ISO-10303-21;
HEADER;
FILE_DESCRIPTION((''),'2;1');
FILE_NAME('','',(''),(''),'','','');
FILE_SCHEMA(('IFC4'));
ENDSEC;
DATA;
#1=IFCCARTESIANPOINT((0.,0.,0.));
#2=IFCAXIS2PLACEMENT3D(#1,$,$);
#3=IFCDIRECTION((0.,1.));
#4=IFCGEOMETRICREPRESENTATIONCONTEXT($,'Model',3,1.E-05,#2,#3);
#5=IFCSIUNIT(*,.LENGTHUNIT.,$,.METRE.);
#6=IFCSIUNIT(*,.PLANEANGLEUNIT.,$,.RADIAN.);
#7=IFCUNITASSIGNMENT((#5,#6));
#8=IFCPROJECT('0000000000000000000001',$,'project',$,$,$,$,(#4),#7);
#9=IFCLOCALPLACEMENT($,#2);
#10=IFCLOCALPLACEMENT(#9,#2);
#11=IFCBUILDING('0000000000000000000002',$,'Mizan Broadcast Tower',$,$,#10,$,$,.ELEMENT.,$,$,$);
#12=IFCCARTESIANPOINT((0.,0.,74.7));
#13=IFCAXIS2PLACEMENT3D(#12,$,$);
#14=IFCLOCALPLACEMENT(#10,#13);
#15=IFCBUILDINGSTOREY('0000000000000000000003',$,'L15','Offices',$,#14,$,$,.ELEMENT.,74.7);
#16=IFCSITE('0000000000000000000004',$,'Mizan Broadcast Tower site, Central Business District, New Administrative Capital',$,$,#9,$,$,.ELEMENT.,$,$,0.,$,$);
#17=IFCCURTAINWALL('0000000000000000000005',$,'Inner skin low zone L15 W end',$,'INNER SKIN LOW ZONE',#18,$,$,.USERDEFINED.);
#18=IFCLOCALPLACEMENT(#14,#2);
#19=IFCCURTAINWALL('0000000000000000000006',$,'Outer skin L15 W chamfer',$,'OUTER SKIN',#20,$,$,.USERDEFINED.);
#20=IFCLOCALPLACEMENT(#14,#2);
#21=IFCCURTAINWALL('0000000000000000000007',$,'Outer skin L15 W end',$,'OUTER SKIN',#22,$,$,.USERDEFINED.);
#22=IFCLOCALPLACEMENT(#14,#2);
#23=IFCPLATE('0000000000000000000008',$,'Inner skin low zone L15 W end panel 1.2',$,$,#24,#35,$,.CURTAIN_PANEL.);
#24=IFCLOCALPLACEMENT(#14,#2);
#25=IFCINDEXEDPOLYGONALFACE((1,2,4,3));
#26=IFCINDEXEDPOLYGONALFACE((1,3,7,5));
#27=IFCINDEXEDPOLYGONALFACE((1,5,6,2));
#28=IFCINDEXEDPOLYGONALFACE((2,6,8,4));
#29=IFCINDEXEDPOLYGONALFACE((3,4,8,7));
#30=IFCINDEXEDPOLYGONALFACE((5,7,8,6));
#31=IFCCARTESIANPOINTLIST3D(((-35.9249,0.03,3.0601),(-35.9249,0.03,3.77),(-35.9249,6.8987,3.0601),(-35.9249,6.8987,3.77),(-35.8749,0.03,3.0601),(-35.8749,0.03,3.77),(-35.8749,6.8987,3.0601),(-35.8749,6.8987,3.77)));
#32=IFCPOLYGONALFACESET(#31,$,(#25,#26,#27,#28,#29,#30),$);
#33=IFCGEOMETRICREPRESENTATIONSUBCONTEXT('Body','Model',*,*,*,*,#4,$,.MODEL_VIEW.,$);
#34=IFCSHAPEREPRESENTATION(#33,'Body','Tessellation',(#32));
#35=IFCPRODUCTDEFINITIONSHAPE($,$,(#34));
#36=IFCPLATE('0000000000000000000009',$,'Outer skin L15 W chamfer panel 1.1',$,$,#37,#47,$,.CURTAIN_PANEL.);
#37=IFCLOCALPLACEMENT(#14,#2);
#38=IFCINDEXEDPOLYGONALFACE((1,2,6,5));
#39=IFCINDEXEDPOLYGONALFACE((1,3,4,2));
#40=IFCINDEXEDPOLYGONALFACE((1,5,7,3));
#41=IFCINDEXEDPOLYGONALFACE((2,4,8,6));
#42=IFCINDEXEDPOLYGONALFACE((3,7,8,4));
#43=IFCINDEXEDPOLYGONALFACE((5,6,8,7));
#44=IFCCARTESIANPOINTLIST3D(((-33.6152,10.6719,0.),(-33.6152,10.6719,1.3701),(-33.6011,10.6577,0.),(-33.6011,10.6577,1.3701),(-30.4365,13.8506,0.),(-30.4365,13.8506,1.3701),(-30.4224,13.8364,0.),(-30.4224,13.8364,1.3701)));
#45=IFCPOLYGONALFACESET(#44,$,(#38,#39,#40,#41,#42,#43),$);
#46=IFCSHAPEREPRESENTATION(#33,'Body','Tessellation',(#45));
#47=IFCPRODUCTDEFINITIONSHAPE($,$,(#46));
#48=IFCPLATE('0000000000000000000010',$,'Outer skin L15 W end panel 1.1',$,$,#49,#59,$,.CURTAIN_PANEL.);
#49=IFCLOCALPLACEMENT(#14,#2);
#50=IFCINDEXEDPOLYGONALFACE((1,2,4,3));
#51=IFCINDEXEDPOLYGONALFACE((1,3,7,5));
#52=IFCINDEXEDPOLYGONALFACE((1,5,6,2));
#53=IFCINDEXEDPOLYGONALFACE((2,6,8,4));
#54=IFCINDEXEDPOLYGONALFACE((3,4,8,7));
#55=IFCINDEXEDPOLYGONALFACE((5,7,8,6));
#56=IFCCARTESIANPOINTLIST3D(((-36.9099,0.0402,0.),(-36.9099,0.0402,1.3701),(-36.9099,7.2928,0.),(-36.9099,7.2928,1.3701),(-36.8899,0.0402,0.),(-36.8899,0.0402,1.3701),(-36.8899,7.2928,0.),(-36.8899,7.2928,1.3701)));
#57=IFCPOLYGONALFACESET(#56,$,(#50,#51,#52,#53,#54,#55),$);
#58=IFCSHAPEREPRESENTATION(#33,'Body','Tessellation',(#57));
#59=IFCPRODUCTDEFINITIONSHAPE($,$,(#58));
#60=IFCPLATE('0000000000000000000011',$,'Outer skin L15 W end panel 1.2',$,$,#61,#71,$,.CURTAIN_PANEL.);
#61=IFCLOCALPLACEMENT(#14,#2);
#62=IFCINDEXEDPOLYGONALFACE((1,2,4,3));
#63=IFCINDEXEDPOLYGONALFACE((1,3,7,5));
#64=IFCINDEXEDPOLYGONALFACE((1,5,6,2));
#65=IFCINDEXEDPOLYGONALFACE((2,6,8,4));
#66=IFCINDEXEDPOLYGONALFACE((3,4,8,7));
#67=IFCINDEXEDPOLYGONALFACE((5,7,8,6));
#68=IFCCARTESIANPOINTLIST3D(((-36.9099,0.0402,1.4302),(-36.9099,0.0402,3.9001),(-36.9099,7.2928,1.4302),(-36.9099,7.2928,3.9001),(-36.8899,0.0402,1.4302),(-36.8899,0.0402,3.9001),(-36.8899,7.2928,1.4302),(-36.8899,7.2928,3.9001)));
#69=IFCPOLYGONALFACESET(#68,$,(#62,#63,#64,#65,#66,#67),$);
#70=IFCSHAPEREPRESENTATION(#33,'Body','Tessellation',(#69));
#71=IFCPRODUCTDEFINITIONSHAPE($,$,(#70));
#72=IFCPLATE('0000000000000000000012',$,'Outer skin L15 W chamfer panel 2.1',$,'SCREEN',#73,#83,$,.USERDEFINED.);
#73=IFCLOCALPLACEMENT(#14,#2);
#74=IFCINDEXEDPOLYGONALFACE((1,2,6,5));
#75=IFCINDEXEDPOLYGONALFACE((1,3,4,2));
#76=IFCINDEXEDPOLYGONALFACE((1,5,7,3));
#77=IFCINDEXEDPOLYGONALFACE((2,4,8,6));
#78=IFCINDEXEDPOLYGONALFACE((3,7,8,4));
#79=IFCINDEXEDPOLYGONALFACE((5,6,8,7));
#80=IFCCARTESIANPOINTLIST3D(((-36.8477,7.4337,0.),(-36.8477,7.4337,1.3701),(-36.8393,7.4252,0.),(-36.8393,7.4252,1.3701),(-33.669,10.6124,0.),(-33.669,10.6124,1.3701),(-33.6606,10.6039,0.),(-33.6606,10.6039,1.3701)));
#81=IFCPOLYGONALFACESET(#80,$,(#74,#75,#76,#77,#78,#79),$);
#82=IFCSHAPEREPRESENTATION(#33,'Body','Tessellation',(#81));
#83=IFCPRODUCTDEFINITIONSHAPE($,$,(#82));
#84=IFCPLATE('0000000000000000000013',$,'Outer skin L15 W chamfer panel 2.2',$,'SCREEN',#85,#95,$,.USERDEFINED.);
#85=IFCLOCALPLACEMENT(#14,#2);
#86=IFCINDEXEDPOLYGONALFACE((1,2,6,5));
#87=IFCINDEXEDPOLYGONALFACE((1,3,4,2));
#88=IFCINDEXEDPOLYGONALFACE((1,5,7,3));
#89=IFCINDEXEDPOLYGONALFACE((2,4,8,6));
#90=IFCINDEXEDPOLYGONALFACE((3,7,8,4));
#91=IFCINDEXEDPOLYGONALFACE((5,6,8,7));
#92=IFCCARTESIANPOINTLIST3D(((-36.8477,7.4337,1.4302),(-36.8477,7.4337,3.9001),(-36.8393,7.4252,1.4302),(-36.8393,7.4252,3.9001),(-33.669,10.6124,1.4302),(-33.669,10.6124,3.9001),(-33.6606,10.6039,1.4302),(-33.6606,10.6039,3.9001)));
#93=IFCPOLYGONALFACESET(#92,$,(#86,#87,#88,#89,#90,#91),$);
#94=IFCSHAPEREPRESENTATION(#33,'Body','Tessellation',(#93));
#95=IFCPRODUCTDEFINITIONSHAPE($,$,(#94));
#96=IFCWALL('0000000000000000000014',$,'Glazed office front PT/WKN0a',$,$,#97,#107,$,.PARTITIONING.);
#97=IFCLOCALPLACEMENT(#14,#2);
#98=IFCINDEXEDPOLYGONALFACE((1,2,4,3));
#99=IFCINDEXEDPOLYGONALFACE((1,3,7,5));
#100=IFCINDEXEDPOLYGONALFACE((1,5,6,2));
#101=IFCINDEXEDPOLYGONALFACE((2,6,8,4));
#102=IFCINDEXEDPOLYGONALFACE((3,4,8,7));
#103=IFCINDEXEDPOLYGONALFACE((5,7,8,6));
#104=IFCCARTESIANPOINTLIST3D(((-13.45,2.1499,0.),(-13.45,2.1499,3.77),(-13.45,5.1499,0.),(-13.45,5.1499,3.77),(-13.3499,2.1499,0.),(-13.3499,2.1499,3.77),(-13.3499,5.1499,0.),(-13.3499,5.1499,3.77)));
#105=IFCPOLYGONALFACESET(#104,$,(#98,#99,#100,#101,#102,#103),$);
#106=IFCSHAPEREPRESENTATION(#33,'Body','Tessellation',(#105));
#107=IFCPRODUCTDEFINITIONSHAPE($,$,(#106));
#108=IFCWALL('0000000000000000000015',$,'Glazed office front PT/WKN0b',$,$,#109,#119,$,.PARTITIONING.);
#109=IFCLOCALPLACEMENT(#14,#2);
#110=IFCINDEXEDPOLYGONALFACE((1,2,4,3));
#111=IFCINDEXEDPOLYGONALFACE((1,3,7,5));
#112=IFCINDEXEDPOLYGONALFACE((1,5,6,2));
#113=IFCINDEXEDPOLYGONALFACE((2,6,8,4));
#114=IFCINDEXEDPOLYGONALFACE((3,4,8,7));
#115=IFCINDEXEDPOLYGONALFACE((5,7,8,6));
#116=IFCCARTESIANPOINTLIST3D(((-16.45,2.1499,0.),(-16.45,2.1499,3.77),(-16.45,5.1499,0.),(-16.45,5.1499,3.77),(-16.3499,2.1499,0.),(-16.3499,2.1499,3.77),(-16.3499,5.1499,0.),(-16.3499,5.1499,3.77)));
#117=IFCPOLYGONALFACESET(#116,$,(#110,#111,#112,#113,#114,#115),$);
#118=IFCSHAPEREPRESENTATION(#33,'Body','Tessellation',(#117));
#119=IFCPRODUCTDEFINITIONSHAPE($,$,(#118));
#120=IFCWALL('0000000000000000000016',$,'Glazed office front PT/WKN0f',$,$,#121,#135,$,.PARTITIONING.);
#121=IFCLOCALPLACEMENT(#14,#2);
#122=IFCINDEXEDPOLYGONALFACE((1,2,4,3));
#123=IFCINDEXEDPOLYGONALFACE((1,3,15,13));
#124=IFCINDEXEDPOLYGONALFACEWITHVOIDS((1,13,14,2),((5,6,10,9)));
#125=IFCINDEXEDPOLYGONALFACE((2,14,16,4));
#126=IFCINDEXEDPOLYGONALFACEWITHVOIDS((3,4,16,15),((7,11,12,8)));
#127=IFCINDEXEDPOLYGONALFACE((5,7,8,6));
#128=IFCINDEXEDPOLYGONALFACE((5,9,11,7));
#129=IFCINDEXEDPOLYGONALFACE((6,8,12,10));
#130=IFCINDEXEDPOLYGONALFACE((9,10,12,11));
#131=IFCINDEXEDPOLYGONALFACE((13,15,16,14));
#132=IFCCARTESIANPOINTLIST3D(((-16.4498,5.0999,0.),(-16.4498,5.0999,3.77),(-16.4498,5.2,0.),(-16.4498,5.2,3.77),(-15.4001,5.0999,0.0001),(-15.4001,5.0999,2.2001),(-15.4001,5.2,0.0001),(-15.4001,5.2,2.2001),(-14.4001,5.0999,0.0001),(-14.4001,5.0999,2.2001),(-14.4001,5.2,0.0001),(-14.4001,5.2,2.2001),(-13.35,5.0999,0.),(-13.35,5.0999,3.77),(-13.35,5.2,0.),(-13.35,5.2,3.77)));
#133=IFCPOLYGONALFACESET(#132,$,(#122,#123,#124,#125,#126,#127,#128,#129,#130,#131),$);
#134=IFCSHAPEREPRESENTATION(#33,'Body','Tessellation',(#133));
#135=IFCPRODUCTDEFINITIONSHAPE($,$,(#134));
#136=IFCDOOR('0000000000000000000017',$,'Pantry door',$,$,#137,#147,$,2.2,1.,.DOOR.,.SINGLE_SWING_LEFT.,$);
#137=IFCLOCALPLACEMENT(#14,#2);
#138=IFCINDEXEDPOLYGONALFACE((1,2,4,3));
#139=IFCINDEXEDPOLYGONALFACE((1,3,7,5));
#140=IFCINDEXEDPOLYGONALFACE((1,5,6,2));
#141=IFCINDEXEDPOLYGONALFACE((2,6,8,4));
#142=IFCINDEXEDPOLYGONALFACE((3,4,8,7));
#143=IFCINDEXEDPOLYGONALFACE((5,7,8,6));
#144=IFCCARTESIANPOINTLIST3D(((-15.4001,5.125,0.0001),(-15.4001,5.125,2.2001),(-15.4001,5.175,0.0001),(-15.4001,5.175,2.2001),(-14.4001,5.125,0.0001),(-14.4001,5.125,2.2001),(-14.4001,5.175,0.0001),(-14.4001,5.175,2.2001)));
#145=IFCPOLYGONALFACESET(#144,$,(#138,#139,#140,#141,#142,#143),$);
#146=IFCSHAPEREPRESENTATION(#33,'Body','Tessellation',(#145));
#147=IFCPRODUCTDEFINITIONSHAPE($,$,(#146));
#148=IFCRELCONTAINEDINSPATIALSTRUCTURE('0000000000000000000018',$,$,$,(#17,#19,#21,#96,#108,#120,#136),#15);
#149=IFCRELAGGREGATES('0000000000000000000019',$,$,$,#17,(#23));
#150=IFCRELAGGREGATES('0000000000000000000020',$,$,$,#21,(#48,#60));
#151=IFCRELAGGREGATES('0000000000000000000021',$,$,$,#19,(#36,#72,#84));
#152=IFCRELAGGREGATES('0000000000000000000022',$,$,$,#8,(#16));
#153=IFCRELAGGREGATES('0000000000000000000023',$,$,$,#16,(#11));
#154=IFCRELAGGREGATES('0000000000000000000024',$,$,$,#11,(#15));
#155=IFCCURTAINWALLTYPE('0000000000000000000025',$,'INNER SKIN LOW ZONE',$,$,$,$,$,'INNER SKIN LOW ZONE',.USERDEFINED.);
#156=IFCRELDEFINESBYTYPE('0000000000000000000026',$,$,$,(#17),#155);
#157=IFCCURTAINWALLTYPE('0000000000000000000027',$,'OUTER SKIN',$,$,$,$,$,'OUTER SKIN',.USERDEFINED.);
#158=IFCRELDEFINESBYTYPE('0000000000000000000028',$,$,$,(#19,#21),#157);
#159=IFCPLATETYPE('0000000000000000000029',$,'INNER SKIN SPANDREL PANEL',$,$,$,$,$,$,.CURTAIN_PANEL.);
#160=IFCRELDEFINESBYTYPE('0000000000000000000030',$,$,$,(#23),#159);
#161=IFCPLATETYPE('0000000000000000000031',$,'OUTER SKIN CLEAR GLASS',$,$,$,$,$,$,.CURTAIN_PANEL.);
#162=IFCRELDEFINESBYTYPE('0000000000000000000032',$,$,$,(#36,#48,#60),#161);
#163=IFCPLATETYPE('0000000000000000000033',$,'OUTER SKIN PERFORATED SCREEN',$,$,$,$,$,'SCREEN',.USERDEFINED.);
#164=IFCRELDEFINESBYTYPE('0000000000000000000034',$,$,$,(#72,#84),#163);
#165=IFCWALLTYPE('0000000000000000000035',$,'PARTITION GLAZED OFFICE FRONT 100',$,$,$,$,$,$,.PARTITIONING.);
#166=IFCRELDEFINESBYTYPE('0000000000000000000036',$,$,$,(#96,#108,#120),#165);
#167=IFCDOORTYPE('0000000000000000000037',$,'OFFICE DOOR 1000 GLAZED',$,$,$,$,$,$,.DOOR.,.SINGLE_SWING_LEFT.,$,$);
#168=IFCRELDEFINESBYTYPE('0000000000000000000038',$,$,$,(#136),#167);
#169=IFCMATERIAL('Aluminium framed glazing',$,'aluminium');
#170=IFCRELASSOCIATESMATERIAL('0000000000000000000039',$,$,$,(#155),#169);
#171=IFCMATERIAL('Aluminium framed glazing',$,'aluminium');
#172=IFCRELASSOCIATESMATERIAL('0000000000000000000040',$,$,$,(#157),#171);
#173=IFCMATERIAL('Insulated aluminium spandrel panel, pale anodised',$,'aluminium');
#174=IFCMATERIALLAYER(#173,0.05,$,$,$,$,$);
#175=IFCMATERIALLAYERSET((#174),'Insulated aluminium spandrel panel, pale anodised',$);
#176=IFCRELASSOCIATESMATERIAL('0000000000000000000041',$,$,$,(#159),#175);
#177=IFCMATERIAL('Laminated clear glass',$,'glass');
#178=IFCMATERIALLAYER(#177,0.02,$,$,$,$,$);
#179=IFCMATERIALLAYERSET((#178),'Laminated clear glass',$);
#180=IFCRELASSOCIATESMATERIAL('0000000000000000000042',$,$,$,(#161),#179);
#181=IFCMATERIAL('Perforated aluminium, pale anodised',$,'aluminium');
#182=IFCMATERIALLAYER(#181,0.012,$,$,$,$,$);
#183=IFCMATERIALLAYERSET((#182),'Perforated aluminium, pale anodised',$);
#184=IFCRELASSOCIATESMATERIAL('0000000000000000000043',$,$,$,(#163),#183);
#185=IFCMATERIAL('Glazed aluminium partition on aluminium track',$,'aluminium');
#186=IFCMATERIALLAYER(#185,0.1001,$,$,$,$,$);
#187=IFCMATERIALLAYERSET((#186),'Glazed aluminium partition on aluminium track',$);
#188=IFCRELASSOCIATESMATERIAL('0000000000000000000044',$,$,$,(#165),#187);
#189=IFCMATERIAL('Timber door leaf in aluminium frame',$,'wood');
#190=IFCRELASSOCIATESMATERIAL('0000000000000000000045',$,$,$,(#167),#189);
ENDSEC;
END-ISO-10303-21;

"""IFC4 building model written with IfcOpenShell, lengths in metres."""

from ifc_helpers import new_model, si_unit, direction, frame, frame_2d, origin, origin_2d, place, context, subcontext, project, spatial, rectangle, extrude, material, layer, layer_set, type_object, element, fill, aggregate, save


model = new_model("IFC4")

# Units and contexts
model_context = context("Model", 3, precision=1e-05, world=origin(), true_north=direction((0.0, 1.0)))
body_context = subcontext(model_context, "Body", "Model", "MODEL_VIEW")
ifc_project = project(units=[si_unit("LENGTHUNIT", "METRE"), si_unit("PLANEANGLEUNIT", "RADIAN")], contexts=[model_context])

# Site, building, storey
site_placement = place(None, origin())
site = spatial("IfcSite", under=ifc_project, at=site_placement, Name="Mizan Broadcast Tower site, Central Business District, New Administrative Capital", CompositionType="ELEMENT", RefElevation=0.0)
building_placement = place(site_placement, origin())
building = spatial("IfcBuilding", under=site, at=building_placement, Name="Mizan Broadcast Tower", CompositionType="ELEMENT")
storey_placement = place(building_placement, frame((0.0, 0.0, 74.7)))
storey = spatial("IfcBuildingStorey", under=building, at=storey_placement, Name="L15", Description="Offices", CompositionType="ELEMENT", Elevation=74.7)

# Curtain wall
ifc_material_1 = material(Name="Aluminium framed glazing", Category="aluminium")
curtain_wall_type_1 = type_object("IfcCurtainWallType", Name="INNER SKIN LOW ZONE", ElementType="INNER SKIN LOW ZONE", PredefinedType="USERDEFINED", material=ifc_material_1)
curtain_wall_1_placement = place(storey_placement, origin())
curtain_wall_1 = element("IfcCurtainWall", 1, at=curtain_wall_1_placement, inside=storey, type_object=curtain_wall_type_1, Name="Inner skin low zone L15 W end", ObjectType="INNER SKIN LOW ZONE", PredefinedType="USERDEFINED")

# Curtain wall
ifc_material_2 = material(Name="Aluminium framed glazing", Category="aluminium")
curtain_wall_type_2 = type_object("IfcCurtainWallType", Name="OUTER SKIN", ElementType="OUTER SKIN", PredefinedType="USERDEFINED", material=ifc_material_2)
curtain_wall_2_placement = place(storey_placement, origin())
curtain_wall_2 = element("IfcCurtainWall", 2, at=curtain_wall_2_placement, inside=storey, type_object=curtain_wall_type_2, Name="Outer skin L15 W chamfer", ObjectType="OUTER SKIN", PredefinedType="USERDEFINED")

# Curtain wall
curtain_wall_3_placement = place(storey_placement, origin())
curtain_wall_3 = element("IfcCurtainWall", 3, at=curtain_wall_3_placement, inside=storey, type_object=curtain_wall_type_2, Name="Outer skin L15 W end", ObjectType="OUTER SKIN", PredefinedType="USERDEFINED")

# Plates
ifc_material_3 = material(Name="Insulated aluminium spandrel panel, pale anodised", Category="aluminium")
ifc_layer_1 = layer(ifc_material_3, 0.05)
ifc_layer_set_1 = layer_set([ifc_layer_1], Name="Insulated aluminium spandrel panel, pale anodised")
plate_type_1 = type_object("IfcPlateType", Name="INNER SKIN SPANDREL PANEL", PredefinedType="CURTAIN_PANEL", material=ifc_layer_set_1)
plate_1_placement = place(storey_placement, frame((-35.8999, 3.4644, 3.0601), z_axis=(0.0, 0.0, 1.0), x_axis=(0.0, -1.0, 0.0)))
plate_1 = element("IfcPlate", 4, at=plate_1_placement, type_object=plate_type_1, Name="Inner skin low zone L15 W end panel 1.2", PredefinedType="CURTAIN_PANEL", context=body_context, shape_type="SweptSolid", body=[
    extrude(rectangle(XDim=6.8687, YDim=0.05, at=origin_2d()), origin(), (0.0, 0.0, 1.0), 0.71),
])
aggregate(curtain_wall_1, [plate_1])
ifc_material_4 = material(Name="Laminated clear glass", Category="glass")
ifc_layer_2 = layer(ifc_material_4, 0.02)
ifc_layer_set_2 = layer_set([ifc_layer_2], Name="Laminated clear glass")
plate_type_2 = type_object("IfcPlateType", Name="OUTER SKIN CLEAR GLASS", PredefinedType="CURTAIN_PANEL", material=ifc_layer_set_2)
plate_2_placement = place(storey_placement, frame((-32.0188, 12.2542, 0.0), z_axis=(0.0, 0.0, 1.0), x_axis=(-0.707107, -0.707107, 0.0)))
plate_2 = element("IfcPlate", 5, at=plate_2_placement, type_object=plate_type_2, Name="Outer skin L15 W chamfer panel 1.1", PredefinedType="CURTAIN_PANEL", context=body_context, shape_type="SweptSolid", body=[
    extrude(rectangle(XDim=4.4954, YDim=0.02, at=origin_2d()), origin(), (0.0, 0.0, 1.0), 1.3701),
])
plate_3_placement = place(storey_placement, frame((-36.8999, 3.6665, 0.0), z_axis=(0.0, 0.0, 1.0), x_axis=(0.0, -1.0, 0.0)))
plate_3 = element("IfcPlate", 6, at=plate_3_placement, type_object=plate_type_2, Name="Outer skin L15 W end panel 1.1", PredefinedType="CURTAIN_PANEL", context=body_context, shape_type="SweptSolid", body=[
    extrude(rectangle(XDim=7.2527, YDim=0.02, at=origin_2d()), origin(), (0.0, 0.0, 1.0), 1.3701),
])
plate_4_placement = place(storey_placement, frame((-36.8999, 3.6665, 1.4302), z_axis=(0.0, 0.0, 1.0), x_axis=(0.0, -1.0, 0.0)))
plate_4 = element("IfcPlate", 7, at=plate_4_placement, type_object=plate_type_2, Name="Outer skin L15 W end panel 1.2", PredefinedType="CURTAIN_PANEL", context=body_context, shape_type="SweptSolid", body=[
    extrude(rectangle(XDim=7.2527, YDim=0.02, at=origin_2d()), origin(), (0.0, 0.0, 1.0), 2.47),
])
aggregate(curtain_wall_3, [plate_3, plate_4])
ifc_material_5 = material(Name="Perforated aluminium, pale anodised", Category="aluminium")
ifc_layer_3 = layer(ifc_material_5, 0.012)
ifc_layer_set_3 = layer_set([ifc_layer_3], Name="Perforated aluminium, pale anodised")
plate_type_3 = type_object("IfcPlateType", Name="OUTER SKIN PERFORATED SCREEN", ElementType="SCREEN", PredefinedType="USERDEFINED", material=ifc_layer_set_3)
plate_5_placement = place(storey_placement, frame((-35.2542, 9.0188, 0.0), z_axis=(0.0, 0.0, 1.0), x_axis=(-0.707107, -0.707107, 0.0)))
plate_5 = element("IfcPlate", 8, at=plate_5_placement, type_object=plate_type_3, Name="Outer skin L15 W chamfer panel 2.1", ObjectType="SCREEN", PredefinedType="USERDEFINED", context=body_context, shape_type="SweptSolid", body=[
    extrude(rectangle(XDim=4.4954, YDim=0.012, at=origin_2d()), origin(), (0.0, 0.0, 1.0), 1.3701),
])
plate_6_placement = place(storey_placement, frame((-35.2542, 9.0188, 1.4302), z_axis=(0.0, 0.0, 1.0), x_axis=(-0.707107, -0.707107, 0.0)))
plate_6 = element("IfcPlate", 9, at=plate_6_placement, type_object=plate_type_3, Name="Outer skin L15 W chamfer panel 2.2", ObjectType="SCREEN", PredefinedType="USERDEFINED", context=body_context, shape_type="SweptSolid", body=[
    extrude(rectangle(XDim=4.4954, YDim=0.012, at=origin_2d()), origin(), (0.0, 0.0, 1.0), 2.47),
])
aggregate(curtain_wall_2, [plate_2, plate_5, plate_6])

# Walls
ifc_material_6 = material(Name="Glazed aluminium partition on aluminium track", Category="aluminium")
ifc_layer_4 = layer(ifc_material_6, 0.1001)
ifc_layer_set_4 = layer_set([ifc_layer_4], Name="Glazed aluminium partition on aluminium track")
wall_type = type_object("IfcWallType", Name="PARTITION GLAZED OFFICE FRONT 100", PredefinedType="PARTITIONING", material=ifc_layer_set_4)
for number, where, z_axis, x_axis, name in (
    (10, (-13.3999, 2.1499, 0.0), (0.0, 0.0, 1.0), (0.0, 1.0, 0.0), "Glazed office front PT/WKN0a"),
    (11, (-16.3999, 2.1499, 0.0), (0.0, 0.0, 1.0), (0.0, 1.0, 0.0), "Glazed office front PT/WKN0b"),
):
    element("IfcWall", number, at=place(storey_placement, frame(where, z_axis=z_axis, x_axis=x_axis)), inside=storey, type_object=wall_type, Name=name, PredefinedType="PARTITIONING", context=body_context, shape_type="SweptSolid", body=[
        extrude(rectangle(XDim=3.0, YDim=0.1001, at=frame_2d((1.5, 0.0))), origin(), (0.0, 0.0, 1.0), 3.77),
    ])

# Wall, opening, door
wall_placement = place(storey_placement, frame((-13.3501, 5.1499, 0.0), z_axis=(0.0, 0.0, 1.0), x_axis=(-1.0, 0.0, 0.0)))
wall = element("IfcWall", 12, at=wall_placement, inside=storey, type_object=wall_type, Name="Glazed office front PT/WKN0f", PredefinedType="PARTITIONING", context=body_context, shape_type="SweptSolid", body=[
    extrude(rectangle(XDim=3.0999, YDim=0.1001, at=frame_2d((1.5498, 0.0))), origin(), (0.0, 0.0, 1.0), 3.77),
])
opening_placement = place(wall_placement, frame((1.05, 0.0, 0.0)))
opening = element("IfcOpeningElement", 13, at=opening_placement, cuts=wall, PredefinedType="OPENING", context=body_context, shape_type="SweptSolid", body=[
    extrude(rectangle(XDim=1.0, YDim=2.2, at=frame_2d((0.5, 1.1001))), frame((0.0, 0.0601, 0.0), z_axis=(0.0, -1.0, 0.0), x_axis=(1.0, 0.0, 0.0)), (0.0, 0.0, 1.0), 0.1201),
])
ifc_material_7 = material(Name="Timber door leaf in aluminium frame", Category="wood")
door_type = type_object("IfcDoorType", Name="OFFICE DOOR 1000 GLAZED", OperationType="SINGLE_SWING_LEFT", PredefinedType="DOOR", material=ifc_material_7)
door_placement = place(opening_placement, origin())
door = element("IfcDoor", 14, at=door_placement, inside=storey, type_object=door_type, Name="Pantry door", OperationType="SINGLE_SWING_LEFT", OverallHeight=2.2, OverallWidth=1.0, PredefinedType="DOOR", context=body_context, shape_type="SweptSolid", body=[
    extrude(rectangle(XDim=1.0, YDim=2.2, at=frame_2d((0.5, 1.1001))), frame((0.0, 0.0249, 0.0), z_axis=(0.0, -1.0, 0.0), x_axis=(1.0, 0.0, 0.0)), (0.0, 0.0, 1.0), 0.05),
])
fill(opening, door)

save(model, "model.ifc")
